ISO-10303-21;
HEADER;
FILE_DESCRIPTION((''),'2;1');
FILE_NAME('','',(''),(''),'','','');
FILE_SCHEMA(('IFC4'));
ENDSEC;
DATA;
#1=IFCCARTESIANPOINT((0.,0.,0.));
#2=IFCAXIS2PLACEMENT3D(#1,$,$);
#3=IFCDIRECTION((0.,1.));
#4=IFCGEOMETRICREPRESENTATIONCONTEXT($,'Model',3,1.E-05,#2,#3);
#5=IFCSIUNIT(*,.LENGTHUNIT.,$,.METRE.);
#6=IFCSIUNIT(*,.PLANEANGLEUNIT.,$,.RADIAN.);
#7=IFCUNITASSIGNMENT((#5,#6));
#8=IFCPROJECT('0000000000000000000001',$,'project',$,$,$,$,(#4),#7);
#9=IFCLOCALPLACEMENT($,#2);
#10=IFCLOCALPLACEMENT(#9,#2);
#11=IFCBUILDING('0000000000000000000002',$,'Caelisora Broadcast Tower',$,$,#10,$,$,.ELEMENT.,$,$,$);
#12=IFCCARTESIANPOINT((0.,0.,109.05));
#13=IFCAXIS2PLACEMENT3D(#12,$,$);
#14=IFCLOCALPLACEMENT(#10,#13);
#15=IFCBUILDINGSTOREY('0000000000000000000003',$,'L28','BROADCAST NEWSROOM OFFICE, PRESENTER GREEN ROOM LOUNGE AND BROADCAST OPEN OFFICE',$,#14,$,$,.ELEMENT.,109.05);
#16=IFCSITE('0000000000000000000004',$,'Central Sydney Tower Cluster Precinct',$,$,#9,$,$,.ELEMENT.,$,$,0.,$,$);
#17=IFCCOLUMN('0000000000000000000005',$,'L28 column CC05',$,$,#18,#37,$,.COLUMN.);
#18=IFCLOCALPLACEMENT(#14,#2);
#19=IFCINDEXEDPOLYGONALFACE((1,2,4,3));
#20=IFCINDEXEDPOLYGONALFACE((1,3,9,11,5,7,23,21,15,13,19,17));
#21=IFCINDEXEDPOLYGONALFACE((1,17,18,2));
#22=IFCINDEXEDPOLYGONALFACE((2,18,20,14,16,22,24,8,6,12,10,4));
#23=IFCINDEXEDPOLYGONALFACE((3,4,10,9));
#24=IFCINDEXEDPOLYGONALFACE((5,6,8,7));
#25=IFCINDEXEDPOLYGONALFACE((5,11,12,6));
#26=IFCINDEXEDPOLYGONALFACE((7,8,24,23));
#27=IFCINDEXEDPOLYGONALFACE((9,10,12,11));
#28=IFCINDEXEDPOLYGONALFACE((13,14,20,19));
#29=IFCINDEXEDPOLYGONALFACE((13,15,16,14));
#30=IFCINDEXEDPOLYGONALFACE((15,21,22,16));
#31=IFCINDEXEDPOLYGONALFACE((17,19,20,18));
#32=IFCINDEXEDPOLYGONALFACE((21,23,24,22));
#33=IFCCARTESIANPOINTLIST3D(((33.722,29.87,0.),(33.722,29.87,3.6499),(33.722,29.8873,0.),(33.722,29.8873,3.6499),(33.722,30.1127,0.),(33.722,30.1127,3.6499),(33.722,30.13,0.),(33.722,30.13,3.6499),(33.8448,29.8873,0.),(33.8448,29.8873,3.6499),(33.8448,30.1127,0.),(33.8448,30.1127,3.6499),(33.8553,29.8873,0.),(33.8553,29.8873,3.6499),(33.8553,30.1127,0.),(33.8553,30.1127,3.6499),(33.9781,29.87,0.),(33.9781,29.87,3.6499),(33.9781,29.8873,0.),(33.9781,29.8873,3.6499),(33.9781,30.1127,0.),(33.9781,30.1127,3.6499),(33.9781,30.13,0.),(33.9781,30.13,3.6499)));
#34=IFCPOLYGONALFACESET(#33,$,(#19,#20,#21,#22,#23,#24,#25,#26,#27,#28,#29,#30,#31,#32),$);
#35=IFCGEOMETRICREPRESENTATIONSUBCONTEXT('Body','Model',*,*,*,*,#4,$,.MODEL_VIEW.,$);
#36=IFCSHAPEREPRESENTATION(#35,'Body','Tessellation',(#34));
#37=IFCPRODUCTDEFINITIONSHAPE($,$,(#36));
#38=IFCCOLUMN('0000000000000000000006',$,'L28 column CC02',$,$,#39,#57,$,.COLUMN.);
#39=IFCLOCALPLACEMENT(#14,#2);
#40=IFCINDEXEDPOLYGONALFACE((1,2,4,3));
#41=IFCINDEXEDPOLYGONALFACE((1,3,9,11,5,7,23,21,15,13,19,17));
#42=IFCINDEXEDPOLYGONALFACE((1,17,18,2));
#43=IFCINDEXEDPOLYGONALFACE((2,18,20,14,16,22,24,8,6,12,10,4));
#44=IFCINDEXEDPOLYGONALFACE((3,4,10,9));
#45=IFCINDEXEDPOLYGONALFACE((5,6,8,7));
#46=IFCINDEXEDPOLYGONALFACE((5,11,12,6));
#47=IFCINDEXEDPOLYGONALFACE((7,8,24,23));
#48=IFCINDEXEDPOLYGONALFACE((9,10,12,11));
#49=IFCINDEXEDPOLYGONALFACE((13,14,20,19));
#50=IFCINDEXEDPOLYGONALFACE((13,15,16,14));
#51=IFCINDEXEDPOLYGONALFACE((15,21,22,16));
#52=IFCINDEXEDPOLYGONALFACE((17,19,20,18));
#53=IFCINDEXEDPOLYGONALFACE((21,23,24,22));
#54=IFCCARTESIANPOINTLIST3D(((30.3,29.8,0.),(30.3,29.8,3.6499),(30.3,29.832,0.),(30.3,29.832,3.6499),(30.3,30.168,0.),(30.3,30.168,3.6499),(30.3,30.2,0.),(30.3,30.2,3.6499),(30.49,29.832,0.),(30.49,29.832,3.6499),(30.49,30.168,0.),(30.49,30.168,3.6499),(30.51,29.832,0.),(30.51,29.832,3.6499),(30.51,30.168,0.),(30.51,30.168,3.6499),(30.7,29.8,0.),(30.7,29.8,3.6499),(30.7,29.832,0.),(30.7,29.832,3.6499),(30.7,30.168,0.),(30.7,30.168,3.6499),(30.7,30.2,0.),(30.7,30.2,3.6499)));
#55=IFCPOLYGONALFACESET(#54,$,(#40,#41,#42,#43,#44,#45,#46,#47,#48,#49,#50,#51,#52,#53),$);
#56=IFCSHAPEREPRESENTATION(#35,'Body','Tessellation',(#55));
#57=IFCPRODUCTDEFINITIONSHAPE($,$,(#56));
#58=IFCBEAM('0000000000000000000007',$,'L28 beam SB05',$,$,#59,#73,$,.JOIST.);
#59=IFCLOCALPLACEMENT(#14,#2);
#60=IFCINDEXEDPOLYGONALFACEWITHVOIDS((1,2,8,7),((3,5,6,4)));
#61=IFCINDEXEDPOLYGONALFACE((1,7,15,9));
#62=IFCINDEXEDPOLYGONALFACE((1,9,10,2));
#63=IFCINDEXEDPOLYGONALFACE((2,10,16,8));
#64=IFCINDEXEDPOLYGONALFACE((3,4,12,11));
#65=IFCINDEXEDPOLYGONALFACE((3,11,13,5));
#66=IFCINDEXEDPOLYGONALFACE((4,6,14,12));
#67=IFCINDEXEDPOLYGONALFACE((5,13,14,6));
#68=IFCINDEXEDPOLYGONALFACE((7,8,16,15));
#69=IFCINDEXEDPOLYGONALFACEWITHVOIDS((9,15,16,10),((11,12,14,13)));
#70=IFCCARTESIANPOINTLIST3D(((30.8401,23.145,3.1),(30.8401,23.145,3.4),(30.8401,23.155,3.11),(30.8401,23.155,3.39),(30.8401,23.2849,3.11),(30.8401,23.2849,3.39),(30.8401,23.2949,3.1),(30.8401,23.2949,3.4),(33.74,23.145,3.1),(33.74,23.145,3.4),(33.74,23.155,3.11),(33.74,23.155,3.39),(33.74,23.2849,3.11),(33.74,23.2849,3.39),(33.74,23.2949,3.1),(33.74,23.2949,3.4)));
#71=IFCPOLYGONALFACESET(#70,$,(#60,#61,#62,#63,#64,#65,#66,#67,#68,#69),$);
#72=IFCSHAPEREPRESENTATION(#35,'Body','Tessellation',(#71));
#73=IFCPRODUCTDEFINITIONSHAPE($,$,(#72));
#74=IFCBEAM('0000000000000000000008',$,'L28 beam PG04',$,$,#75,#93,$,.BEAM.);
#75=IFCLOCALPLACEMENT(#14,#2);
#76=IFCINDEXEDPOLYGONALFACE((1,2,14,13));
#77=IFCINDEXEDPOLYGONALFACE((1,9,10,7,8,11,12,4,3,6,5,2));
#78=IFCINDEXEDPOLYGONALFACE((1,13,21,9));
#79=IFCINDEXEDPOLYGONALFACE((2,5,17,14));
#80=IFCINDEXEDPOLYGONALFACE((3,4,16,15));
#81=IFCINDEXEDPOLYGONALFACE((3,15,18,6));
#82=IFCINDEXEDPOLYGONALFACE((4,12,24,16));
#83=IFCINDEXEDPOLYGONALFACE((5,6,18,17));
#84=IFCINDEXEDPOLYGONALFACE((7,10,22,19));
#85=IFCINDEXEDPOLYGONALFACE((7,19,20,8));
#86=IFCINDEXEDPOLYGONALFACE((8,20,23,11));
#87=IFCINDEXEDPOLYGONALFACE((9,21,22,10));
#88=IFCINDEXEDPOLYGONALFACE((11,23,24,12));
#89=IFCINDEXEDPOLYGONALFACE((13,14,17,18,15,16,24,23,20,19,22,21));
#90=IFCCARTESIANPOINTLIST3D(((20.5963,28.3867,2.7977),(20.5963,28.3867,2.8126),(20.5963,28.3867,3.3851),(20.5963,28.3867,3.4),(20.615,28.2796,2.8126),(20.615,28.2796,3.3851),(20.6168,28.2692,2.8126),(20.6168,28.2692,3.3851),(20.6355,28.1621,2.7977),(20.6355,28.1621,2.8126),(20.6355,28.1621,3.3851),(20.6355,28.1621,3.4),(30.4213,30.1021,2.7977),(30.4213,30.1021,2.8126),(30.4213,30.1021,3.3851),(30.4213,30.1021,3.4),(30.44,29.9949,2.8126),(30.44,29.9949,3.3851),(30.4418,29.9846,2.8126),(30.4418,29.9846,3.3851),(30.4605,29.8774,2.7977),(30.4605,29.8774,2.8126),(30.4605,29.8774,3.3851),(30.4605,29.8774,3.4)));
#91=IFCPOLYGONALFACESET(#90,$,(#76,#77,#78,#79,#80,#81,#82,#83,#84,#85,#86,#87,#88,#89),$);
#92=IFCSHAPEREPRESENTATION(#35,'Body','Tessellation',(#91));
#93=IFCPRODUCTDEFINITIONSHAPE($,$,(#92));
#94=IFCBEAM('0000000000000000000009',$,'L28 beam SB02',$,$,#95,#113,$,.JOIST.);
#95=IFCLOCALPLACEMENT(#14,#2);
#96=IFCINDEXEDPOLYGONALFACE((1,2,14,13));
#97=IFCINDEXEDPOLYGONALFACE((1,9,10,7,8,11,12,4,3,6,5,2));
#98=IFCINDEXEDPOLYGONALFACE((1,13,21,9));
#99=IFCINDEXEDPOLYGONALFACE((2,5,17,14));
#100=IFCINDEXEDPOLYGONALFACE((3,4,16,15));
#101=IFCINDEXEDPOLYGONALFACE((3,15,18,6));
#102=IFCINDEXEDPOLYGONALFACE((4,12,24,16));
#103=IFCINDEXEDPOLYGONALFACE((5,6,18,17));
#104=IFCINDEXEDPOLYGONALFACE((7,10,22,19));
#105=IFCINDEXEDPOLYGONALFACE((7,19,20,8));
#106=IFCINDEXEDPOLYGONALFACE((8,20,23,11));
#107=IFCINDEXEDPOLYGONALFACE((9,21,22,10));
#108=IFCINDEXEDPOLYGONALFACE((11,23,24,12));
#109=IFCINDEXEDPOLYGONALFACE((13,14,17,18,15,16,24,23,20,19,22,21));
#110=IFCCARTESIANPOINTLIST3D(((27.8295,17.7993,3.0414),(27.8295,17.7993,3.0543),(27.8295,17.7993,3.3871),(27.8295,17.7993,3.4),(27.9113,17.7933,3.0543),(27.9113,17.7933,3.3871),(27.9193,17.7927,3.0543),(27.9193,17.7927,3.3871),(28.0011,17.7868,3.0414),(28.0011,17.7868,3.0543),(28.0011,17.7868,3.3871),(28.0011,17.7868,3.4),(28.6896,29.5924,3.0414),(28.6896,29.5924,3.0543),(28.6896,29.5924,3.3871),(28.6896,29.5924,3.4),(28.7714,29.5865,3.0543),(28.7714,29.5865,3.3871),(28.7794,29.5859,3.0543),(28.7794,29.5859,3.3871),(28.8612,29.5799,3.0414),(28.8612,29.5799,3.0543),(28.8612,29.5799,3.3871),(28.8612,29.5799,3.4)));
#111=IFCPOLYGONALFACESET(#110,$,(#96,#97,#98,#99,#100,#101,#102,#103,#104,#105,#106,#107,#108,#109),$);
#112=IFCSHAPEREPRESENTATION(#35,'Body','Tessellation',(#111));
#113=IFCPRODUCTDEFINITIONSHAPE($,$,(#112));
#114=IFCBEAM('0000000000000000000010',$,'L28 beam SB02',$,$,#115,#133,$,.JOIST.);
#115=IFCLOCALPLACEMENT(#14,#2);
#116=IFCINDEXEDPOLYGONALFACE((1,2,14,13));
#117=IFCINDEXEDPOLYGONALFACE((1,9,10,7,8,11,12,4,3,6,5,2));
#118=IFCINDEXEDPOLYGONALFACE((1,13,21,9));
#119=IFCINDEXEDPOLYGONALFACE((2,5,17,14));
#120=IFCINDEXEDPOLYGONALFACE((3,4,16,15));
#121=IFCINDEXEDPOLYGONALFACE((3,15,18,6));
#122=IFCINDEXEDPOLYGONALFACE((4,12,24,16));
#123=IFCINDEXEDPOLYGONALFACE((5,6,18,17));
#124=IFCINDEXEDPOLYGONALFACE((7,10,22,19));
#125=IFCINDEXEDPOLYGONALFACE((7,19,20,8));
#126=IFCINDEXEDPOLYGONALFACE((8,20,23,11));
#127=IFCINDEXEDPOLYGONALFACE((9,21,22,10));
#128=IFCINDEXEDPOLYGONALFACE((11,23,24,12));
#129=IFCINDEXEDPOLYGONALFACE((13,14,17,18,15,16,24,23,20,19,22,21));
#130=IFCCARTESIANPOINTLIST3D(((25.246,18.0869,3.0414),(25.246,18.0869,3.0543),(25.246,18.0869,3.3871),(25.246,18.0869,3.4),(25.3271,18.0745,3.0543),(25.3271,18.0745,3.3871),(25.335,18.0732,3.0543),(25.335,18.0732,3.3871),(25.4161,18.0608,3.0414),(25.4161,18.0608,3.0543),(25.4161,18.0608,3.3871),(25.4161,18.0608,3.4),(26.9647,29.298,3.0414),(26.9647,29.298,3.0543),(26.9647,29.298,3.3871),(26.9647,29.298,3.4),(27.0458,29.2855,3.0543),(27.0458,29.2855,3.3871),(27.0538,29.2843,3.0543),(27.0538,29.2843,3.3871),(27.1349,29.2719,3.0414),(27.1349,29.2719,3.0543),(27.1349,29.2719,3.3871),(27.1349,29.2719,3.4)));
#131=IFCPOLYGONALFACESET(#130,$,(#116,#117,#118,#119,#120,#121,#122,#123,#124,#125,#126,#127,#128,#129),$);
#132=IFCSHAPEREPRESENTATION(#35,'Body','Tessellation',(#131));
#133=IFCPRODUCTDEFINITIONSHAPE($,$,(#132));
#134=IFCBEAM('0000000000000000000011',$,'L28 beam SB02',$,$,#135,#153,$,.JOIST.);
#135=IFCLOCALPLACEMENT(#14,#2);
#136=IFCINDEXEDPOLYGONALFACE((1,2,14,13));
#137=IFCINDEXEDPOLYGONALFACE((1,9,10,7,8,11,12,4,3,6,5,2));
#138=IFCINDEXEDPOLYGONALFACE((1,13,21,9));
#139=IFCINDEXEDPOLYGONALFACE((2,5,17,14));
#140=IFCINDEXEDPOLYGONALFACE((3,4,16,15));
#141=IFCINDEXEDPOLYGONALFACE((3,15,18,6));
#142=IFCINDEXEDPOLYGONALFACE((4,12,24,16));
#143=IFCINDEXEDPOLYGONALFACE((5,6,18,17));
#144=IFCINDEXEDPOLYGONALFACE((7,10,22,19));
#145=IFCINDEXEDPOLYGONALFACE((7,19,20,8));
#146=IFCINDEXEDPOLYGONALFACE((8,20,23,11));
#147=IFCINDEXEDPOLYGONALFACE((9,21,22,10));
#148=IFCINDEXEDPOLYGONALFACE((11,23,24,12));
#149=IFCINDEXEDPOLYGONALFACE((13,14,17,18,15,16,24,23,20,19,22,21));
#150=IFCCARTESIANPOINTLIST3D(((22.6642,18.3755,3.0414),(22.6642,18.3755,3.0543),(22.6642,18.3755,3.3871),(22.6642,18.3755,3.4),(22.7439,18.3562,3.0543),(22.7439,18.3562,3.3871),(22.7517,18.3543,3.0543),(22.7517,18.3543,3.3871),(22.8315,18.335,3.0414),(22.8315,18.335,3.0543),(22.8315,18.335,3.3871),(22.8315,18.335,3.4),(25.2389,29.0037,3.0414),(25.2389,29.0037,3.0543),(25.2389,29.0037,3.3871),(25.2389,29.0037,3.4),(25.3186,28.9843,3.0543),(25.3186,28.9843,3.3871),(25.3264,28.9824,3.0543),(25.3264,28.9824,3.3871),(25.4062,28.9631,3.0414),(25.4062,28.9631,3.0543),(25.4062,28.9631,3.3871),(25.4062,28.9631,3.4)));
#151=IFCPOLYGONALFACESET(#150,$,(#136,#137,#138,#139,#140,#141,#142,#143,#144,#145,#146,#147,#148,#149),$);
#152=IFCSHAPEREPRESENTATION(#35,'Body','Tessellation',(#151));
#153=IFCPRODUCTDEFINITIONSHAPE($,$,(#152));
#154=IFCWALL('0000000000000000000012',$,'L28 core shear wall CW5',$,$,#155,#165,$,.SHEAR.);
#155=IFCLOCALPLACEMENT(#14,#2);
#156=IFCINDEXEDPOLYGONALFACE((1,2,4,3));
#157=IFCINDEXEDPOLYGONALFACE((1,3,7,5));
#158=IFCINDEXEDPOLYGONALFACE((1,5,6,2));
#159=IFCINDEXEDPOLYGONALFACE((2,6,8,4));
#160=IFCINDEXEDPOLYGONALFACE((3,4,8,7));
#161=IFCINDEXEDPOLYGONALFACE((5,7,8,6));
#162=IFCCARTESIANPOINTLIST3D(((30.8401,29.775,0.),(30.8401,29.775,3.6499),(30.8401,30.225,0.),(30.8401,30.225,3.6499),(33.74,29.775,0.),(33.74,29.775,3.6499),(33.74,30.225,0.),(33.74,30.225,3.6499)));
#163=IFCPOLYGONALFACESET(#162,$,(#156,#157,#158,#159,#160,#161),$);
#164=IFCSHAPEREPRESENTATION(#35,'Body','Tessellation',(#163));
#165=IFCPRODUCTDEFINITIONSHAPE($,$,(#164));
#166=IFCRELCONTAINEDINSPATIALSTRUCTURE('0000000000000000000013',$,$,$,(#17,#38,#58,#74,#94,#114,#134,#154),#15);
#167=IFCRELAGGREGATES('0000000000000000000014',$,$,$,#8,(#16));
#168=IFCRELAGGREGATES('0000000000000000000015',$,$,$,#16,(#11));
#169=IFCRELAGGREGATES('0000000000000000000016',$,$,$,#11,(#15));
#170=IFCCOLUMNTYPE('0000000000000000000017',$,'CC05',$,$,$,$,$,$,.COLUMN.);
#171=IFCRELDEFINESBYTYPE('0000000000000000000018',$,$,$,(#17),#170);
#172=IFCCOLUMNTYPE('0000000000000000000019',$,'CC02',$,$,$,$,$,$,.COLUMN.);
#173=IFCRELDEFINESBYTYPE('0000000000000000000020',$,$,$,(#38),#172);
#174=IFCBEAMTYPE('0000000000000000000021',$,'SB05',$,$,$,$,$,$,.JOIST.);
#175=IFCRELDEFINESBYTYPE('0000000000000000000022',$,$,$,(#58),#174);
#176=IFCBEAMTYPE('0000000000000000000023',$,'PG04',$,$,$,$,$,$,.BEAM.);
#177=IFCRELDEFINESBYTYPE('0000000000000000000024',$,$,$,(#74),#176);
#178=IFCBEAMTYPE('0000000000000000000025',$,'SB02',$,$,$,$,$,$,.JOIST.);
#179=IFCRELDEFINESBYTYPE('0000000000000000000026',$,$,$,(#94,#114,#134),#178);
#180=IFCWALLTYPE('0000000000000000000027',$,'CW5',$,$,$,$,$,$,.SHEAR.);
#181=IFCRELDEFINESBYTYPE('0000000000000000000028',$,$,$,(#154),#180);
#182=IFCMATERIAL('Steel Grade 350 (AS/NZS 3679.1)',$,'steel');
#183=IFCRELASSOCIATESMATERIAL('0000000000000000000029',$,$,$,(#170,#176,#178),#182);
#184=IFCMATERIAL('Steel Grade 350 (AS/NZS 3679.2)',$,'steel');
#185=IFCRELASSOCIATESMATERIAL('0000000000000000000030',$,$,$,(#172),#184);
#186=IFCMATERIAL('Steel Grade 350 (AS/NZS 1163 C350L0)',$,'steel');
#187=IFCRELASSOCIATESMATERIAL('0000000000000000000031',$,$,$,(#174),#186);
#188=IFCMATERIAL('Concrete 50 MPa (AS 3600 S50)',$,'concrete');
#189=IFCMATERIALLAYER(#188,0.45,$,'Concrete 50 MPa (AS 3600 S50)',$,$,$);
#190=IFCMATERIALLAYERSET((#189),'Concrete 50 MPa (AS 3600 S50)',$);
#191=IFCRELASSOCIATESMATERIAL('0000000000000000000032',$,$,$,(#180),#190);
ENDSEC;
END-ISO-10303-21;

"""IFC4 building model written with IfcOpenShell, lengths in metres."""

from ifc_helpers import new_model, si_unit, direction, frame, frame_2d, origin, origin_2d, place, context, subcontext, project, spatial, rectangle, hollow_rectangle, i_section, extrude, source, transform, mapped, material, layer, layer_set, material_profile, profile_set, type_object, type_shapes, element, save


model = new_model("IFC4")

# Units and contexts
model_context = context("Model", 3, precision=1e-05, world=origin(), true_north=direction((0.0, 1.0)))
body_context = subcontext(model_context, "Body", "Model", "MODEL_VIEW")
ifc_project = project(units=[si_unit("LENGTHUNIT", "METRE"), si_unit("PLANEANGLEUNIT", "RADIAN")], contexts=[model_context])

# Site, building, storey
site_placement = place(None, origin())
site = spatial("IfcSite", under=ifc_project, at=site_placement, Name="Central Sydney Tower Cluster Precinct", CompositionType="ELEMENT", RefElevation=0.0)
building_placement = place(site_placement, origin())
building = spatial("IfcBuilding", under=site, at=building_placement, Name="Caelisora Broadcast Tower", CompositionType="ELEMENT")
storey_placement = place(building_placement, frame((0.0, 0.0, 109.05)))
storey = spatial("IfcBuildingStorey", under=building, at=storey_placement, Name="L28", Description="BROADCAST NEWSROOM OFFICE, PRESENTER GREEN ROOM LOUNGE AND BROADCAST OPEN OFFICE", CompositionType="ELEMENT", Elevation=109.05)

# Columns
ifc_material_1 = material(Name="Steel Grade 350 (AS/NZS 3679.1)", Category="steel")
ifc_material_profile_1 = material_profile(ifc_material_1, i_section(OverallWidth=0.2561, OverallDepth=0.26, WebThickness=0.0105, FlangeThickness=0.0173, at=origin_2d()), Name="Steel Grade 350 (AS/NZS 3679.1)")
ifc_profile_set_1 = profile_set([ifc_material_profile_1], Name="Steel Grade 350 (AS/NZS 3679.1)")
column_type_1 = type_object("IfcColumnType", Name="CC05", PredefinedType="COLUMN", material=ifc_profile_set_1)
shared_shape_1 = source(origin(), body_context, "Body", "SweptSolid", [
    extrude(i_section(OverallWidth=0.2561, OverallDepth=0.26, WebThickness=0.0105, FlangeThickness=0.0173, at=origin_2d()), origin(), (0.0, 0.0, 1.0), 3.6499),
])
type_shapes(column_type_1, [shared_shape_1])
column_1_placement = place(storey_placement, frame((33.8501, 30.0, 0.0), z_axis=(0.0, 0.0, 1.0), x_axis=(1.0, 0.0, 0.0)))
element("IfcColumn", 1, at=column_1_placement, inside=storey, type_object=column_type_1, Name="L28 column CC05", PredefinedType="COLUMN", context=body_context, shape_type="MappedRepresentation", body=[
    mapped(shared_shape_1, transform((0.0, 0.0, 0.0), scale=1.0)),
])
ifc_material_2 = material(Name="Steel Grade 350 (AS/NZS 3679.2)", Category="steel")
ifc_material_profile_2 = material_profile(ifc_material_2, i_section(OverallWidth=0.3999, OverallDepth=0.3999, WebThickness=0.02, FlangeThickness=0.032, at=origin_2d()), Name="Steel Grade 350 (AS/NZS 3679.2)")
ifc_profile_set_2 = profile_set([ifc_material_profile_2], Name="Steel Grade 350 (AS/NZS 3679.2)")
column_type_2 = type_object("IfcColumnType", Name="CC02", PredefinedType="COLUMN", material=ifc_profile_set_2)
shared_shape_2 = source(origin(), body_context, "Body", "SweptSolid", [
    extrude(i_section(OverallWidth=0.3999, OverallDepth=0.3999, WebThickness=0.02, FlangeThickness=0.032, at=origin_2d()), origin(), (0.0, 0.0, 1.0), 3.6499),
])
type_shapes(column_type_2, [shared_shape_2])
column_2_placement = place(storey_placement, frame((30.5, 30.0, 0.0), z_axis=(0.0, 0.0, 1.0), x_axis=(1.0, 0.0, 0.0)))
element("IfcColumn", 2, at=column_2_placement, inside=storey, type_object=column_type_2, Name="L28 column CC02", PredefinedType="COLUMN", context=body_context, shape_type="MappedRepresentation", body=[
    mapped(shared_shape_2, transform((0.0, 0.0, 0.0), scale=1.0)),
])

# Beams
ifc_material_3 = material(Name="Steel Grade 350 (AS/NZS 1163 C350L0)", Category="steel")
ifc_material_profile_3 = material_profile(ifc_material_3, hollow_rectangle(XDim=0.1499, YDim=0.3, WallThickness=0.01, at=origin_2d()), Name="Steel Grade 350 (AS/NZS 1163 C350L0)")
ifc_profile_set_3 = profile_set([ifc_material_profile_3], Name="Steel Grade 350 (AS/NZS 1163 C350L0)")
beam_type_1 = type_object("IfcBeamType", Name="SB05", PredefinedType="JOIST", material=ifc_profile_set_3)
shared_shape_3 = source(origin(), body_context, "Body", "SweptSolid", [
    extrude(hollow_rectangle(XDim=0.1499, YDim=0.3, WallThickness=0.01, at=origin_2d()), origin(), (0.0, 0.0, 1.0), 2.8999),
])
type_shapes(beam_type_1, [shared_shape_3])
beam_1_placement = place(storey_placement, frame((30.8401, 23.22, 3.25), z_axis=(1.0, 0.0, 0.0), x_axis=(0.0, 1.0, 0.0)))
element("IfcBeam", 3, at=beam_1_placement, inside=storey, type_object=beam_type_1, Name="L28 beam SB05", PredefinedType="JOIST", context=body_context, shape_type="MappedRepresentation", body=[
    mapped(shared_shape_3, transform((0.0, 0.0, 0.0), scale=1.0)),
])
ifc_material_profile_4 = material_profile(ifc_material_1, i_section(OverallWidth=0.228, OverallDepth=0.6023, WebThickness=0.0105, FlangeThickness=0.0149, at=origin_2d()), Name="Steel Grade 350 (AS/NZS 3679.1)")
ifc_profile_set_4 = profile_set([ifc_material_profile_4], Name="Steel Grade 350 (AS/NZS 3679.1)")
beam_type_2 = type_object("IfcBeamType", Name="PG04", PredefinedType="BEAM", material=ifc_profile_set_4)
shared_shape_4 = source(origin(), body_context, "Body", "SweptSolid", [
    extrude(i_section(OverallWidth=0.228, OverallDepth=0.6023, WebThickness=0.0105, FlangeThickness=0.0149, at=origin_2d()), origin(), (0.0, 0.0, 1.0), 9.9736),
])
type_shapes(beam_type_2, [shared_shape_4])
beam_2_placement = place(storey_placement, frame((30.4409, 29.9897, 3.0989), z_axis=(-0.985099, -0.171988, 0.0), x_axis=(0.171988, -0.985099, 0.0)))
element("IfcBeam", 4, at=beam_2_placement, inside=storey, type_object=beam_type_2, Name="L28 beam PG04", PredefinedType="BEAM", context=body_context, shape_type="MappedRepresentation", body=[
    mapped(shared_shape_4, transform((0.0, 0.0, 0.0), scale=1.0)),
])
ifc_material_profile_5 = material_profile(ifc_material_1, i_section(OverallWidth=0.1721, OverallDepth=0.3586, WebThickness=0.0081, FlangeThickness=0.0129, at=origin_2d()), Name="Steel Grade 350 (AS/NZS 3679.1)")
ifc_profile_set_5 = profile_set([ifc_material_profile_5], Name="Steel Grade 350 (AS/NZS 3679.1)")
beam_type_3 = type_object("IfcBeamType", Name="SB02", PredefinedType="JOIST", material=ifc_profile_set_5)
shared_shape_5 = source(origin(), body_context, "Body", "SweptSolid", [
    extrude(i_section(OverallWidth=0.1721, OverallDepth=0.3586, WebThickness=0.0081, FlangeThickness=0.0129, at=origin_2d()), origin(), (0.0, 0.0, 1.0), 11.8245),
])
beam_3_placement = place(storey_placement, frame((28.7754, 29.5862, 3.2207), z_axis=(-0.072739, -0.997351, 0.0), x_axis=(0.997351, -0.072739, 0.0)))
element("IfcBeam", 5, at=beam_3_placement, inside=storey, type_object=beam_type_3, Name="L28 beam SB02", PredefinedType="JOIST", context=body_context, shape_type="MappedRepresentation", body=[
    mapped(shared_shape_5, transform((0.0, 0.0, 0.0), scale=1.0)),
])
shared_shape_6 = source(origin(), body_context, "Body", "SweptSolid", [
    extrude(i_section(OverallWidth=0.1721, OverallDepth=0.3586, WebThickness=0.0081, FlangeThickness=0.0129, at=origin_2d()), origin(), (0.0, 0.0, 1.0), 11.342),
])
beam_4_placement = place(storey_placement, frame((27.0498, 29.2849, 3.2207), z_axis=(-0.15154, -0.988451, 0.0), x_axis=(0.988451, -0.15154, 0.0)))
element("IfcBeam", 6, at=beam_4_placement, inside=storey, type_object=beam_type_3, Name="L28 beam SB02", PredefinedType="JOIST", context=body_context, shape_type="MappedRepresentation", body=[
    mapped(shared_shape_6, transform((0.0, 0.0, 0.0), scale=1.0)),
])
shared_shape_7 = source(origin(), body_context, "Body", "SweptSolid", [
    extrude(i_section(OverallWidth=0.1721, OverallDepth=0.3586, WebThickness=0.0081, FlangeThickness=0.0129, at=origin_2d()), origin(), (0.0, 0.0, 1.0), 10.9355),
])
type_shapes(beam_type_3, [shared_shape_5, shared_shape_6, shared_shape_7])
beam_5_placement = place(storey_placement, frame((25.3225, 28.9834, 3.2207), z_axis=(-0.235443, -0.971888, 0.0), x_axis=(0.971888, -0.235443, 0.0)))
element("IfcBeam", 7, at=beam_5_placement, inside=storey, type_object=beam_type_3, Name="L28 beam SB02", PredefinedType="JOIST", context=body_context, shape_type="MappedRepresentation", body=[
    mapped(shared_shape_7, transform((0.0, 0.0, 0.0), scale=1.0)),
])

# Wall
ifc_material_4 = material(Name="Concrete 50 MPa (AS 3600 S50)", Category="concrete")
ifc_layer_1 = layer(ifc_material_4, 0.45, Name="Concrete 50 MPa (AS 3600 S50)")
ifc_layer_set_1 = layer_set([ifc_layer_1], Name="Concrete 50 MPa (AS 3600 S50)")
wall_type_1 = type_object("IfcWallType", Name="CW5", PredefinedType="SHEAR", material=ifc_layer_set_1)
wall_1_placement = place(storey_placement, frame((30.8401, 30.0, 0.0), z_axis=(0.0, 0.0, 1.0), x_axis=(1.0, 0.0, 0.0)))
element("IfcWall", 8, at=wall_1_placement, inside=storey, type_object=wall_type_1, Name="L28 core shear wall CW5", PredefinedType="SHEAR", context=body_context, shape_type="SweptSolid", body=[
    extrude(rectangle(XDim=2.8999, YDim=0.45, at=frame_2d((1.45, 0.0))), origin(), (0.0, 0.0, 1.0), 3.6499),
])

save(model, "model.ifc")
